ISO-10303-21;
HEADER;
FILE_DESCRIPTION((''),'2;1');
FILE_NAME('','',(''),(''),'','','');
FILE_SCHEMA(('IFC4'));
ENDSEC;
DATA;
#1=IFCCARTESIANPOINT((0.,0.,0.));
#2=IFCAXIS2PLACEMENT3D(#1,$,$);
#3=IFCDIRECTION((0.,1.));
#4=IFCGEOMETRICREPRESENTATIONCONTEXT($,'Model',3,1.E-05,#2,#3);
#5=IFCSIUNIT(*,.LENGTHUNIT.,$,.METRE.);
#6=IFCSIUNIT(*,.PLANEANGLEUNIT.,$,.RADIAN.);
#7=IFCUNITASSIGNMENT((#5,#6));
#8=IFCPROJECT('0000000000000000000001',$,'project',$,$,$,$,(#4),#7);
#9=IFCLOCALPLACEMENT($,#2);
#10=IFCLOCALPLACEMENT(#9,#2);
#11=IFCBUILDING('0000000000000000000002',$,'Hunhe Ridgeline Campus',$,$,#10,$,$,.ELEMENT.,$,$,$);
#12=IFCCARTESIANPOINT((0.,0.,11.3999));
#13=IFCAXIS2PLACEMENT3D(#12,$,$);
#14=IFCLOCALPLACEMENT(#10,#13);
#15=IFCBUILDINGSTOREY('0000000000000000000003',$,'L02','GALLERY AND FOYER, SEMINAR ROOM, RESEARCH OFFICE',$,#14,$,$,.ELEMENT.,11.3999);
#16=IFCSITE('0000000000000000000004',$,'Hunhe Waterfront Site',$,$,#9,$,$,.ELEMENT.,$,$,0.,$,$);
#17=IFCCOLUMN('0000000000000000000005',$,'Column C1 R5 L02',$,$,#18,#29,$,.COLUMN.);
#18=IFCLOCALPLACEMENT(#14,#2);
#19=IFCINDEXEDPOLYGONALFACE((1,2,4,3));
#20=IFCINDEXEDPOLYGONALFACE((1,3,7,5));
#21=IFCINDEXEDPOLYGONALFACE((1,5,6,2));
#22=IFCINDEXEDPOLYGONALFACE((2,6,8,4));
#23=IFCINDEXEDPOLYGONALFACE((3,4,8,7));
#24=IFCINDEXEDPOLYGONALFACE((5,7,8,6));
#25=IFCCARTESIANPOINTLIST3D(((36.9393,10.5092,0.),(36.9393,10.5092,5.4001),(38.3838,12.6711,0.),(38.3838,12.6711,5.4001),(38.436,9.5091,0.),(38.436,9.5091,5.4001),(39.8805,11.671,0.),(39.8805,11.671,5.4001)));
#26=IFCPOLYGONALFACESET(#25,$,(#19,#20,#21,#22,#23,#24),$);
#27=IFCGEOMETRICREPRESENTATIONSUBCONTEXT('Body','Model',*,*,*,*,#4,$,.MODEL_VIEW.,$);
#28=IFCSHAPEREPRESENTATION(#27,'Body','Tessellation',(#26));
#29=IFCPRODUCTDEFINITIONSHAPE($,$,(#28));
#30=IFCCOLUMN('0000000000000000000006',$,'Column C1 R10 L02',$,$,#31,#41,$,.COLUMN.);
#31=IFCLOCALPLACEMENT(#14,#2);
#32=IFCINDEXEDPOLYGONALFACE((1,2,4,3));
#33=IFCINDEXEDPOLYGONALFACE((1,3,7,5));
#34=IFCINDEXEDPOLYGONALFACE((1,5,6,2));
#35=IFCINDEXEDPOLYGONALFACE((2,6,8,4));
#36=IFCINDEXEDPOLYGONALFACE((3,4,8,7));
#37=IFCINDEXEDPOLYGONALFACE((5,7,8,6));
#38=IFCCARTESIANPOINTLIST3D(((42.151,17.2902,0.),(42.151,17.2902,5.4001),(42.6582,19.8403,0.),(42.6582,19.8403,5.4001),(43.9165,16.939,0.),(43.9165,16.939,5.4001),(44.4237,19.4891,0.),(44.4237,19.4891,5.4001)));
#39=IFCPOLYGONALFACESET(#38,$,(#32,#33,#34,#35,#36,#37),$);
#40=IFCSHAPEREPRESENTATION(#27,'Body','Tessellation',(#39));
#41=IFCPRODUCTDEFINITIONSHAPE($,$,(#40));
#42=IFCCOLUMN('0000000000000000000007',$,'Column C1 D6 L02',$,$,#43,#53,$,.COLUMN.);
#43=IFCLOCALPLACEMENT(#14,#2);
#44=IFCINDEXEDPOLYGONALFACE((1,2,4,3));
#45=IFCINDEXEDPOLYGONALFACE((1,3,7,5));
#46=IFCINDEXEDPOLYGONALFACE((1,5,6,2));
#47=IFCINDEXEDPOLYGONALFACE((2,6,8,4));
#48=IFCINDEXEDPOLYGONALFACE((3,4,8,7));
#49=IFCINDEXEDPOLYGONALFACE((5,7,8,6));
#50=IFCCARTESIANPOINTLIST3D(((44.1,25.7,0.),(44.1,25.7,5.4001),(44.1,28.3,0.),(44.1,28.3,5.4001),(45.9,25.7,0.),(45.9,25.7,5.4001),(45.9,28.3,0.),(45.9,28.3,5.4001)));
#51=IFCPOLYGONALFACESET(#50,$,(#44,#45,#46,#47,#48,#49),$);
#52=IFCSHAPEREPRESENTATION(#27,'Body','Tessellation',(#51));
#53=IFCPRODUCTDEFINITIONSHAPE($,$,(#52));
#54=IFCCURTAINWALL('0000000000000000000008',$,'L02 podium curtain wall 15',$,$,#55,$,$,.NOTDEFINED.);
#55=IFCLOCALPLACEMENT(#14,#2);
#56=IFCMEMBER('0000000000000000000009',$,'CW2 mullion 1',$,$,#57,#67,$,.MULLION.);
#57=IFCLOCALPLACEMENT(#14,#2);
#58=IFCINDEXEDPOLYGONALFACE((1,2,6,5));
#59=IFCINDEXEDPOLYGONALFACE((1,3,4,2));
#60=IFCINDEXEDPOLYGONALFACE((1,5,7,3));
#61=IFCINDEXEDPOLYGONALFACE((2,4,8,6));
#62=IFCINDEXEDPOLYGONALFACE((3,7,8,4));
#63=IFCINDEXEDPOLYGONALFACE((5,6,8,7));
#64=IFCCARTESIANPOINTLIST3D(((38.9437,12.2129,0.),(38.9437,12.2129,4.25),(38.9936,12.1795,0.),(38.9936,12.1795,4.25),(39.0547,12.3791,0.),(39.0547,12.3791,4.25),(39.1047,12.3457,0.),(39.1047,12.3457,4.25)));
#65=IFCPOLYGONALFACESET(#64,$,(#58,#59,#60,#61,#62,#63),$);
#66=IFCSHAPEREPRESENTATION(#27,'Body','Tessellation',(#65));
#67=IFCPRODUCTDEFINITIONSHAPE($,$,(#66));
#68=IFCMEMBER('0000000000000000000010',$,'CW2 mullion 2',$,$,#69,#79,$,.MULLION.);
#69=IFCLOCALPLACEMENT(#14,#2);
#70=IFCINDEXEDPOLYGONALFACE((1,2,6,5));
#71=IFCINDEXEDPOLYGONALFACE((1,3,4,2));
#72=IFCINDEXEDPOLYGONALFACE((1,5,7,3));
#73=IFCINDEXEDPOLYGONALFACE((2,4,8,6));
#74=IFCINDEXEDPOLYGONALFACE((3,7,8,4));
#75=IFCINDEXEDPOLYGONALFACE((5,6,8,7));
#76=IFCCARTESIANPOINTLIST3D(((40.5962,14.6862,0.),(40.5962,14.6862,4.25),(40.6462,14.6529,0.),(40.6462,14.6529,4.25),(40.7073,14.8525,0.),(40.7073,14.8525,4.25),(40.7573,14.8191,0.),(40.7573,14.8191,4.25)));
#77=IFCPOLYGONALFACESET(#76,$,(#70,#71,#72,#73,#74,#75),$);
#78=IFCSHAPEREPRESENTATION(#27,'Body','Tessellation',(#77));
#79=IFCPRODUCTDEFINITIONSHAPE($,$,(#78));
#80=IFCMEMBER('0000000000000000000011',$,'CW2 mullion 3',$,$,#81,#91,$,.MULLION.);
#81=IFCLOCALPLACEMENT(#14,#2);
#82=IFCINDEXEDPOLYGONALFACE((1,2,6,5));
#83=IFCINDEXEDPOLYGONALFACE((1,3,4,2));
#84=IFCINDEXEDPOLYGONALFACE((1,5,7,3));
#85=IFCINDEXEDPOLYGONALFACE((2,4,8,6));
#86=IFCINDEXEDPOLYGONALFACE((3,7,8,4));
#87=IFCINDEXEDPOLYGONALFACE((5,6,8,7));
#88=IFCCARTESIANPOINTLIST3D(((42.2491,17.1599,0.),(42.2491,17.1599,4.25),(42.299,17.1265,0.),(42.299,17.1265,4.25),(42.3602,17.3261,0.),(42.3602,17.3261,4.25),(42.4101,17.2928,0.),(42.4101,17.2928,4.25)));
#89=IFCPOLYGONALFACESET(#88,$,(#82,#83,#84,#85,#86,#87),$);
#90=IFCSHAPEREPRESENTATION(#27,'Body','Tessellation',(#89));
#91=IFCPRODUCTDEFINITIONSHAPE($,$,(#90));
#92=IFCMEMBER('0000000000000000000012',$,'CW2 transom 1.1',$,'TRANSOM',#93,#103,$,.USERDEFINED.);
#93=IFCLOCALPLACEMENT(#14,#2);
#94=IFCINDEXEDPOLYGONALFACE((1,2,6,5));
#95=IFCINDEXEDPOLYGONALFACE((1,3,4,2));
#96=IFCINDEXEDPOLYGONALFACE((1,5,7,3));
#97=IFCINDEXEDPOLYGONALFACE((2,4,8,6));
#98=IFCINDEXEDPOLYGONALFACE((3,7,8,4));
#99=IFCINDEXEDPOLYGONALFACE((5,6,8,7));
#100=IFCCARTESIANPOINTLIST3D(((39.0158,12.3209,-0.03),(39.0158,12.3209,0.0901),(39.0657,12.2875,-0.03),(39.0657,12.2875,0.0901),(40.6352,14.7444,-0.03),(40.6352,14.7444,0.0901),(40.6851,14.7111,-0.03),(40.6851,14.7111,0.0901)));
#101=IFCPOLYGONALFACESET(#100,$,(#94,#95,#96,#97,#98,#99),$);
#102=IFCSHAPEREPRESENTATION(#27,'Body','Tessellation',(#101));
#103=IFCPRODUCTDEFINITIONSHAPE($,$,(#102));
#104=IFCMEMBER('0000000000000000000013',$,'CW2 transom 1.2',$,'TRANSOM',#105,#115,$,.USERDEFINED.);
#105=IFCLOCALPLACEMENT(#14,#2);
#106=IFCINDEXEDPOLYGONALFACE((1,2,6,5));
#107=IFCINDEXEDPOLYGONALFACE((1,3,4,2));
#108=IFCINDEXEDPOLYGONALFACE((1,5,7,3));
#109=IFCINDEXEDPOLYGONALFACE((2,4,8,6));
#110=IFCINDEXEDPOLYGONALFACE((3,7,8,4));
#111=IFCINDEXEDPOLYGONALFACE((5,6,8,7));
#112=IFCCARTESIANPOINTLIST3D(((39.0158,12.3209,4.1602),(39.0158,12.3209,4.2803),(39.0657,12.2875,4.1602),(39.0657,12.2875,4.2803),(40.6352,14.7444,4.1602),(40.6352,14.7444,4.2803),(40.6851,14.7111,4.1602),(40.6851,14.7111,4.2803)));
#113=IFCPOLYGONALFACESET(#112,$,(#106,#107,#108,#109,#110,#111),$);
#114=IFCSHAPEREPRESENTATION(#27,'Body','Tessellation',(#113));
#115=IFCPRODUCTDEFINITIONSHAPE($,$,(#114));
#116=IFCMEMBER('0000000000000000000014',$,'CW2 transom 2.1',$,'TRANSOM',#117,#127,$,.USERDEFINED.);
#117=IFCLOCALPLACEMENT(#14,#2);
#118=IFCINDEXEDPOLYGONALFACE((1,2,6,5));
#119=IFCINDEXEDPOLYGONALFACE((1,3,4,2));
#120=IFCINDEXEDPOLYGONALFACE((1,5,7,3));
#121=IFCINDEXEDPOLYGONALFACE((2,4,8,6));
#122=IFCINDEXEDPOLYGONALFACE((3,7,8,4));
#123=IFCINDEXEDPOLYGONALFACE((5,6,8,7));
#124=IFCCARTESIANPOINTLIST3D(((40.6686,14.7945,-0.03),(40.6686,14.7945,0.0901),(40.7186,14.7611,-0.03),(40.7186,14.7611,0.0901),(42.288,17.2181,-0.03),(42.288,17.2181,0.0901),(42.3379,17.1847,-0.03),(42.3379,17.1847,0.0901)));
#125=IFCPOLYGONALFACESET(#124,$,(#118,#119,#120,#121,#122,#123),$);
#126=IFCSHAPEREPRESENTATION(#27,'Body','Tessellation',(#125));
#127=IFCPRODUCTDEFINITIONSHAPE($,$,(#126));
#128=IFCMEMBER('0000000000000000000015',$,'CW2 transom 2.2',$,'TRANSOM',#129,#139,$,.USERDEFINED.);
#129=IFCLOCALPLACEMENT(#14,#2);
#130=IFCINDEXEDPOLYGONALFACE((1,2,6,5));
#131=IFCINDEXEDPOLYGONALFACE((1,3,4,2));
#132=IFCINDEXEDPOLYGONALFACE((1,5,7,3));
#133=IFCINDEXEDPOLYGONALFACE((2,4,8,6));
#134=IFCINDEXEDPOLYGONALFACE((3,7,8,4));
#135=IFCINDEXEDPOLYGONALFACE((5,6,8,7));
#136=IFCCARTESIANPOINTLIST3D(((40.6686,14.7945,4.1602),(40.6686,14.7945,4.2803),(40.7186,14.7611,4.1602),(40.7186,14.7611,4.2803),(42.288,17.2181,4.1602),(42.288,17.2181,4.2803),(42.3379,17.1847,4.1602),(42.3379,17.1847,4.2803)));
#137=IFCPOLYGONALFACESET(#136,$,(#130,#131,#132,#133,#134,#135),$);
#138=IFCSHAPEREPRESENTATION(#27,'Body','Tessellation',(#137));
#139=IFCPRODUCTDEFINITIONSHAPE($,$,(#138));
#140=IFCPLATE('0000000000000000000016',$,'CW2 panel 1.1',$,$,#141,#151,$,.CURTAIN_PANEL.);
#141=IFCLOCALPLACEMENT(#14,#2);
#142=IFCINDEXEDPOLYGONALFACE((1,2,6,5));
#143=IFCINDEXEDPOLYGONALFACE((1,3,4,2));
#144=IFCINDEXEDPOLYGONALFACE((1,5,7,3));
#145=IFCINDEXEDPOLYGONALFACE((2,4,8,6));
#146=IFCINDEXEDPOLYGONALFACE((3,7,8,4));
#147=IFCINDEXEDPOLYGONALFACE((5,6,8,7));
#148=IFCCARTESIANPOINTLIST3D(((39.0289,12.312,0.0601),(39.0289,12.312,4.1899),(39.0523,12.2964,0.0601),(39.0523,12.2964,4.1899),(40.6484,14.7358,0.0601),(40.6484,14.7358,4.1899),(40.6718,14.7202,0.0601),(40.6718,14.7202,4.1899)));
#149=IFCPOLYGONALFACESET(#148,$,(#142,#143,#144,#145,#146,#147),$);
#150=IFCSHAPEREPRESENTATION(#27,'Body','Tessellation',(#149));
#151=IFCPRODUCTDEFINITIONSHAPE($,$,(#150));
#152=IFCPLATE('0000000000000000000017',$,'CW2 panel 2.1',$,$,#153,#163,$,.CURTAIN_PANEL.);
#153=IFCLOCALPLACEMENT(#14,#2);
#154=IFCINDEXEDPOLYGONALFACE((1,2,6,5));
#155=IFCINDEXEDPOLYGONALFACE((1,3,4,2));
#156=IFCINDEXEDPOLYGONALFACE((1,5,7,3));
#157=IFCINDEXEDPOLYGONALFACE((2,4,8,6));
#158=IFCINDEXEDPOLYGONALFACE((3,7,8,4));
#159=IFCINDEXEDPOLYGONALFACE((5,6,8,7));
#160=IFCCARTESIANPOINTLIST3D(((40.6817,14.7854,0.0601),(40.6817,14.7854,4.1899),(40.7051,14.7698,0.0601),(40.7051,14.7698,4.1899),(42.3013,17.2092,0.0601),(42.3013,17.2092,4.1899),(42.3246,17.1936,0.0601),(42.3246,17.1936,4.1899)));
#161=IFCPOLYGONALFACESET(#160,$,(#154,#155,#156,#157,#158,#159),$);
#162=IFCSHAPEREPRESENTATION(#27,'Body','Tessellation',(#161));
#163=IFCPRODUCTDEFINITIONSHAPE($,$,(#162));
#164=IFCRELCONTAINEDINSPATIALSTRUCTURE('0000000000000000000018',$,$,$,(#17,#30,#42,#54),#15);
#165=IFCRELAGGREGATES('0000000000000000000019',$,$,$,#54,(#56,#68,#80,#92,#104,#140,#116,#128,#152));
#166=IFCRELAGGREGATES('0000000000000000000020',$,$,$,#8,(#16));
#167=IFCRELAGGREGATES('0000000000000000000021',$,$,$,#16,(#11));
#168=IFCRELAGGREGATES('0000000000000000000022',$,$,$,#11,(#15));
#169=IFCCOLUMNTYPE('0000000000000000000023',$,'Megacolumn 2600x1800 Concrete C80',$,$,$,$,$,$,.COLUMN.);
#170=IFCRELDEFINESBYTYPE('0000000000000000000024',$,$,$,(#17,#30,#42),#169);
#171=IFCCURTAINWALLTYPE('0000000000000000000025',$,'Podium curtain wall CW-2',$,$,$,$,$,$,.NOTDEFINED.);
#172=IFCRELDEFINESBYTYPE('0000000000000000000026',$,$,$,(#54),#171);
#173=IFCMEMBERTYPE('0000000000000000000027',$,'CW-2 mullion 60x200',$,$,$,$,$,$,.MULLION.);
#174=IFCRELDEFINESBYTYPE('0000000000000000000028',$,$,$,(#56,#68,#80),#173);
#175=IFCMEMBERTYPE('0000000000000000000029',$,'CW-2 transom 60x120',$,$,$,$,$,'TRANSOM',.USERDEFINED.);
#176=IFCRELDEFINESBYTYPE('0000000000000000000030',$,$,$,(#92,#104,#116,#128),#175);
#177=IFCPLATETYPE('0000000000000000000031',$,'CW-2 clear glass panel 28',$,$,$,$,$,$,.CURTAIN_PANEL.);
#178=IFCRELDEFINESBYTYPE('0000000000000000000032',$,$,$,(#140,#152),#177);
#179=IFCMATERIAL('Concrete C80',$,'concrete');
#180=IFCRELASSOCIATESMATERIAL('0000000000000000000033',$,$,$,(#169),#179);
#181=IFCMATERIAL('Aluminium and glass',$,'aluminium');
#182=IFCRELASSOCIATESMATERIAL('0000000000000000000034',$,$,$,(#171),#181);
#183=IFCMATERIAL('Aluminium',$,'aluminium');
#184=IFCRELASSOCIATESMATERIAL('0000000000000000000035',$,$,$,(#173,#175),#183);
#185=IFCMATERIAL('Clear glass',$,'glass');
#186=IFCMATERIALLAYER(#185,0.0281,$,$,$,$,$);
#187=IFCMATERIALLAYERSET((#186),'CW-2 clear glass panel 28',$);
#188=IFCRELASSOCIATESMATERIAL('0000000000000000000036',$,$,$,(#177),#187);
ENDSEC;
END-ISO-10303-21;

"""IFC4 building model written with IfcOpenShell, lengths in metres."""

from ifc_helpers import new_model, si_unit, direction, frame, origin, origin_2d, place, context, subcontext, project, spatial, rectangle, extrude, material, layer, layer_set, material_profile, profile_set, type_object, element, aggregate, save


model = new_model("IFC4")

# Units and contexts
model_context = context("Model", 3, precision=1e-05, world=origin(), true_north=direction((0.0, 1.0)))
body_context = subcontext(model_context, "Body", "Model", "MODEL_VIEW")
ifc_project = project(units=[si_unit("LENGTHUNIT", "METRE"), si_unit("PLANEANGLEUNIT", "RADIAN")], contexts=[model_context])

# Site, building, storey
site_placement = place(None, origin())
site = spatial("IfcSite", under=ifc_project, at=site_placement, Name="Hunhe Waterfront Site", CompositionType="ELEMENT", RefElevation=0.0)
building_placement = place(site_placement, origin())
building = spatial("IfcBuilding", under=site, at=building_placement, Name="Hunhe Ridgeline Campus", CompositionType="ELEMENT")
storey_placement = place(building_placement, frame((0.0, 0.0, 11.3999)))
storey = spatial("IfcBuildingStorey", under=building, at=storey_placement, Name="L02", Description="GALLERY AND FOYER, SEMINAR ROOM, RESEARCH OFFICE", CompositionType="ELEMENT", Elevation=11.3999)

# Columns
ifc_material_1 = material(Name="Concrete C80", Category="concrete")
ifc_material_profile_1 = material_profile(ifc_material_1, rectangle(XDim=2.6001, YDim=1.8, at=origin_2d()))
ifc_profile_set_1 = profile_set([ifc_material_profile_1], Name="Concrete C80")
column_type = type_object("IfcColumnType", Name="Megacolumn 2600x1800 Concrete C80", PredefinedType="COLUMN", material=ifc_profile_set_1)
for number, where, z_axis, x_axis, name in (
    (1, (38.4099, 11.0901, 0.0), (0.0, 0.0, 1.0), (0.55557, 0.83147, 0.0), "Column C1 R5 L02"),
    (2, (43.2874, 18.3896, 0.0), (0.0, 0.0, 1.0), (0.19509, 0.980785, 0.0), "Column C1 R10 L02"),
    (3, (45.0, 27.0, 0.0), (0.0, 0.0, 1.0), (0.0, 1.0, 0.0), "Column C1 D6 L02"),
):
    element("IfcColumn", number, at=place(storey_placement, frame(where, z_axis=z_axis, x_axis=x_axis)), inside=storey, type_object=column_type, Name=name, PredefinedType="COLUMN", context=body_context, shape_type="SweptSolid", body=[
        extrude(rectangle(XDim=2.6001, YDim=1.8, at=origin_2d()), origin(), (0.0, 0.0, 1.0), 5.4001),
    ])

# Curtain wall, members, plates
ifc_material_2 = material(Name="Aluminium and glass", Category="aluminium")
curtain_wall_type = type_object("IfcCurtainWallType", Name="Podium curtain wall CW-2", PredefinedType="NOTDEFINED", material=ifc_material_2)
curtain_wall_placement = place(storey_placement, origin())
curtain_wall = element("IfcCurtainWall", 4, at=curtain_wall_placement, inside=storey, type_object=curtain_wall_type, Name="L02 podium curtain wall 15", PredefinedType="NOTDEFINED")
ifc_material_3 = material(Name="Aluminium", Category="aluminium")
ifc_material_profile_2 = material_profile(ifc_material_3, rectangle(XDim=0.0601, YDim=0.2, at=origin_2d()))
ifc_profile_set_2 = profile_set([ifc_material_profile_2], Name="Aluminium")
member_type_1 = type_object("IfcMemberType", Name="CW-2 mullion 60x200", PredefinedType="MULLION", material=ifc_profile_set_2)
member_1_placement = place(storey_placement, frame((39.0242, 12.2793, 0.0), z_axis=(0.0, 0.0, 1.0), x_axis=(-0.831469, 0.555572, 0.0)))
member_1 = element("IfcMember", 5, at=member_1_placement, type_object=member_type_1, Name="CW2 mullion 1", PredefinedType="MULLION", context=body_context, shape_type="SweptSolid", body=[
    extrude(rectangle(XDim=0.0601, YDim=0.2, at=origin_2d()), origin(), (0.0, 0.0, 1.0), 4.25),
])
member_2_placement = place(storey_placement, frame((40.6768, 14.7527, 0.0), z_axis=(0.0, 0.0, 1.0), x_axis=(-0.831469, 0.555572, 0.0)))
member_2 = element("IfcMember", 6, at=member_2_placement, type_object=member_type_1, Name="CW2 mullion 2", PredefinedType="MULLION", context=body_context, shape_type="SweptSolid", body=[
    extrude(rectangle(XDim=0.0601, YDim=0.2, at=origin_2d()), origin(), (0.0, 0.0, 1.0), 4.25),
])
member_3_placement = place(storey_placement, frame((42.3296, 17.2263, 0.0), z_axis=(0.0, 0.0, 1.0), x_axis=(-0.831469, 0.555572, 0.0)))
member_3 = element("IfcMember", 7, at=member_3_placement, type_object=member_type_1, Name="CW2 mullion 3", PredefinedType="MULLION", context=body_context, shape_type="SweptSolid", body=[
    extrude(rectangle(XDim=0.0601, YDim=0.2, at=origin_2d()), origin(), (0.0, 0.0, 1.0), 4.25),
])
ifc_material_profile_3 = material_profile(ifc_material_3, rectangle(XDim=0.0601, YDim=0.1201, at=origin_2d()))
ifc_profile_set_3 = profile_set([ifc_material_profile_3], Name="Aluminium")
member_type_2 = type_object("IfcMemberType", Name="CW-2 transom 60x120", ElementType="TRANSOM", PredefinedType="USERDEFINED", material=ifc_profile_set_3)
member_4_placement = place(storey_placement, frame((39.0408, 12.3042, 0.03), z_axis=(0.55557, 0.83147, 0.0), x_axis=(-0.83147, 0.55557, 0.0)))
member_4 = element("IfcMember", 8, at=member_4_placement, type_object=member_type_2, Name="CW2 transom 1.1", ObjectType="TRANSOM", PredefinedType="USERDEFINED", context=body_context, shape_type="SweptSolid", body=[
    extrude(rectangle(XDim=0.0601, YDim=0.1201, at=origin_2d()), origin(), (0.0, 0.0, 1.0), 2.9148),
])
member_5_placement = place(storey_placement, frame((39.0408, 12.3042, 4.2202), z_axis=(0.55557, 0.83147, 0.0), x_axis=(-0.83147, 0.55557, 0.0)))
member_5 = element("IfcMember", 9, at=member_5_placement, type_object=member_type_2, Name="CW2 transom 1.2", ObjectType="TRANSOM", PredefinedType="USERDEFINED", context=body_context, shape_type="SweptSolid", body=[
    extrude(rectangle(XDim=0.0601, YDim=0.1201, at=origin_2d()), origin(), (0.0, 0.0, 1.0), 2.9148),
])
member_6_placement = place(storey_placement, frame((40.6936, 14.7778, 0.03), z_axis=(0.55557, 0.83147, 0.0), x_axis=(-0.83147, 0.55557, 0.0)))
member_6 = element("IfcMember", 10, at=member_6_placement, type_object=member_type_2, Name="CW2 transom 2.1", ObjectType="TRANSOM", PredefinedType="USERDEFINED", context=body_context, shape_type="SweptSolid", body=[
    extrude(rectangle(XDim=0.0601, YDim=0.1201, at=origin_2d()), origin(), (0.0, 0.0, 1.0), 2.9148),
])
member_7_placement = place(storey_placement, frame((40.6936, 14.7778, 4.2202), z_axis=(0.55557, 0.83147, 0.0), x_axis=(-0.83147, 0.55557, 0.0)))
member_7 = element("IfcMember", 11, at=member_7_placement, type_object=member_type_2, Name="CW2 transom 2.2", ObjectType="TRANSOM", PredefinedType="USERDEFINED", context=body_context, shape_type="SweptSolid", body=[
    extrude(rectangle(XDim=0.0601, YDim=0.1201, at=origin_2d()), origin(), (0.0, 0.0, 1.0), 2.9148),
])
ifc_material_4 = material(Name="Clear glass", Category="glass")
ifc_layer_1 = layer(ifc_material_4, 0.0281)
ifc_layer_set_1 = layer_set([ifc_layer_1], Name="CW-2 clear glass panel 28")
plate_type = type_object("IfcPlateType", Name="CW-2 clear glass panel 28", PredefinedType="CURTAIN_PANEL", material=ifc_layer_set_1)
plate_1_placement = place(storey_placement, frame((39.8503, 13.5161, 0.0601), z_axis=(0.0, 0.0, 1.0), x_axis=(0.555572, 0.831469, 0.0)))
plate_1 = element("IfcPlate", 12, at=plate_1_placement, type_object=plate_type, Name="CW2 panel 1.1", PredefinedType="CURTAIN_PANEL", context=body_context, shape_type="SweptSolid", body=[
    extrude(rectangle(XDim=2.915, YDim=0.0281, at=origin_2d()), origin(), (0.0, 0.0, 1.0), 4.1299),
])
plate_2_placement = place(storey_placement, frame((41.5032, 15.9895, 0.0601), z_axis=(0.0, 0.0, 1.0), x_axis=(0.555572, 0.831469, 0.0)))
plate_2 = element("IfcPlate", 13, at=plate_2_placement, type_object=plate_type, Name="CW2 panel 2.1", PredefinedType="CURTAIN_PANEL", context=body_context, shape_type="SweptSolid", body=[
    extrude(rectangle(XDim=2.915, YDim=0.0281, at=origin_2d()), origin(), (0.0, 0.0, 1.0), 4.1299),
])
aggregate(curtain_wall, [member_1, member_2, member_3, member_4, member_5, plate_1, member_6, member_7, plate_2])

save(model, "model.ifc")
